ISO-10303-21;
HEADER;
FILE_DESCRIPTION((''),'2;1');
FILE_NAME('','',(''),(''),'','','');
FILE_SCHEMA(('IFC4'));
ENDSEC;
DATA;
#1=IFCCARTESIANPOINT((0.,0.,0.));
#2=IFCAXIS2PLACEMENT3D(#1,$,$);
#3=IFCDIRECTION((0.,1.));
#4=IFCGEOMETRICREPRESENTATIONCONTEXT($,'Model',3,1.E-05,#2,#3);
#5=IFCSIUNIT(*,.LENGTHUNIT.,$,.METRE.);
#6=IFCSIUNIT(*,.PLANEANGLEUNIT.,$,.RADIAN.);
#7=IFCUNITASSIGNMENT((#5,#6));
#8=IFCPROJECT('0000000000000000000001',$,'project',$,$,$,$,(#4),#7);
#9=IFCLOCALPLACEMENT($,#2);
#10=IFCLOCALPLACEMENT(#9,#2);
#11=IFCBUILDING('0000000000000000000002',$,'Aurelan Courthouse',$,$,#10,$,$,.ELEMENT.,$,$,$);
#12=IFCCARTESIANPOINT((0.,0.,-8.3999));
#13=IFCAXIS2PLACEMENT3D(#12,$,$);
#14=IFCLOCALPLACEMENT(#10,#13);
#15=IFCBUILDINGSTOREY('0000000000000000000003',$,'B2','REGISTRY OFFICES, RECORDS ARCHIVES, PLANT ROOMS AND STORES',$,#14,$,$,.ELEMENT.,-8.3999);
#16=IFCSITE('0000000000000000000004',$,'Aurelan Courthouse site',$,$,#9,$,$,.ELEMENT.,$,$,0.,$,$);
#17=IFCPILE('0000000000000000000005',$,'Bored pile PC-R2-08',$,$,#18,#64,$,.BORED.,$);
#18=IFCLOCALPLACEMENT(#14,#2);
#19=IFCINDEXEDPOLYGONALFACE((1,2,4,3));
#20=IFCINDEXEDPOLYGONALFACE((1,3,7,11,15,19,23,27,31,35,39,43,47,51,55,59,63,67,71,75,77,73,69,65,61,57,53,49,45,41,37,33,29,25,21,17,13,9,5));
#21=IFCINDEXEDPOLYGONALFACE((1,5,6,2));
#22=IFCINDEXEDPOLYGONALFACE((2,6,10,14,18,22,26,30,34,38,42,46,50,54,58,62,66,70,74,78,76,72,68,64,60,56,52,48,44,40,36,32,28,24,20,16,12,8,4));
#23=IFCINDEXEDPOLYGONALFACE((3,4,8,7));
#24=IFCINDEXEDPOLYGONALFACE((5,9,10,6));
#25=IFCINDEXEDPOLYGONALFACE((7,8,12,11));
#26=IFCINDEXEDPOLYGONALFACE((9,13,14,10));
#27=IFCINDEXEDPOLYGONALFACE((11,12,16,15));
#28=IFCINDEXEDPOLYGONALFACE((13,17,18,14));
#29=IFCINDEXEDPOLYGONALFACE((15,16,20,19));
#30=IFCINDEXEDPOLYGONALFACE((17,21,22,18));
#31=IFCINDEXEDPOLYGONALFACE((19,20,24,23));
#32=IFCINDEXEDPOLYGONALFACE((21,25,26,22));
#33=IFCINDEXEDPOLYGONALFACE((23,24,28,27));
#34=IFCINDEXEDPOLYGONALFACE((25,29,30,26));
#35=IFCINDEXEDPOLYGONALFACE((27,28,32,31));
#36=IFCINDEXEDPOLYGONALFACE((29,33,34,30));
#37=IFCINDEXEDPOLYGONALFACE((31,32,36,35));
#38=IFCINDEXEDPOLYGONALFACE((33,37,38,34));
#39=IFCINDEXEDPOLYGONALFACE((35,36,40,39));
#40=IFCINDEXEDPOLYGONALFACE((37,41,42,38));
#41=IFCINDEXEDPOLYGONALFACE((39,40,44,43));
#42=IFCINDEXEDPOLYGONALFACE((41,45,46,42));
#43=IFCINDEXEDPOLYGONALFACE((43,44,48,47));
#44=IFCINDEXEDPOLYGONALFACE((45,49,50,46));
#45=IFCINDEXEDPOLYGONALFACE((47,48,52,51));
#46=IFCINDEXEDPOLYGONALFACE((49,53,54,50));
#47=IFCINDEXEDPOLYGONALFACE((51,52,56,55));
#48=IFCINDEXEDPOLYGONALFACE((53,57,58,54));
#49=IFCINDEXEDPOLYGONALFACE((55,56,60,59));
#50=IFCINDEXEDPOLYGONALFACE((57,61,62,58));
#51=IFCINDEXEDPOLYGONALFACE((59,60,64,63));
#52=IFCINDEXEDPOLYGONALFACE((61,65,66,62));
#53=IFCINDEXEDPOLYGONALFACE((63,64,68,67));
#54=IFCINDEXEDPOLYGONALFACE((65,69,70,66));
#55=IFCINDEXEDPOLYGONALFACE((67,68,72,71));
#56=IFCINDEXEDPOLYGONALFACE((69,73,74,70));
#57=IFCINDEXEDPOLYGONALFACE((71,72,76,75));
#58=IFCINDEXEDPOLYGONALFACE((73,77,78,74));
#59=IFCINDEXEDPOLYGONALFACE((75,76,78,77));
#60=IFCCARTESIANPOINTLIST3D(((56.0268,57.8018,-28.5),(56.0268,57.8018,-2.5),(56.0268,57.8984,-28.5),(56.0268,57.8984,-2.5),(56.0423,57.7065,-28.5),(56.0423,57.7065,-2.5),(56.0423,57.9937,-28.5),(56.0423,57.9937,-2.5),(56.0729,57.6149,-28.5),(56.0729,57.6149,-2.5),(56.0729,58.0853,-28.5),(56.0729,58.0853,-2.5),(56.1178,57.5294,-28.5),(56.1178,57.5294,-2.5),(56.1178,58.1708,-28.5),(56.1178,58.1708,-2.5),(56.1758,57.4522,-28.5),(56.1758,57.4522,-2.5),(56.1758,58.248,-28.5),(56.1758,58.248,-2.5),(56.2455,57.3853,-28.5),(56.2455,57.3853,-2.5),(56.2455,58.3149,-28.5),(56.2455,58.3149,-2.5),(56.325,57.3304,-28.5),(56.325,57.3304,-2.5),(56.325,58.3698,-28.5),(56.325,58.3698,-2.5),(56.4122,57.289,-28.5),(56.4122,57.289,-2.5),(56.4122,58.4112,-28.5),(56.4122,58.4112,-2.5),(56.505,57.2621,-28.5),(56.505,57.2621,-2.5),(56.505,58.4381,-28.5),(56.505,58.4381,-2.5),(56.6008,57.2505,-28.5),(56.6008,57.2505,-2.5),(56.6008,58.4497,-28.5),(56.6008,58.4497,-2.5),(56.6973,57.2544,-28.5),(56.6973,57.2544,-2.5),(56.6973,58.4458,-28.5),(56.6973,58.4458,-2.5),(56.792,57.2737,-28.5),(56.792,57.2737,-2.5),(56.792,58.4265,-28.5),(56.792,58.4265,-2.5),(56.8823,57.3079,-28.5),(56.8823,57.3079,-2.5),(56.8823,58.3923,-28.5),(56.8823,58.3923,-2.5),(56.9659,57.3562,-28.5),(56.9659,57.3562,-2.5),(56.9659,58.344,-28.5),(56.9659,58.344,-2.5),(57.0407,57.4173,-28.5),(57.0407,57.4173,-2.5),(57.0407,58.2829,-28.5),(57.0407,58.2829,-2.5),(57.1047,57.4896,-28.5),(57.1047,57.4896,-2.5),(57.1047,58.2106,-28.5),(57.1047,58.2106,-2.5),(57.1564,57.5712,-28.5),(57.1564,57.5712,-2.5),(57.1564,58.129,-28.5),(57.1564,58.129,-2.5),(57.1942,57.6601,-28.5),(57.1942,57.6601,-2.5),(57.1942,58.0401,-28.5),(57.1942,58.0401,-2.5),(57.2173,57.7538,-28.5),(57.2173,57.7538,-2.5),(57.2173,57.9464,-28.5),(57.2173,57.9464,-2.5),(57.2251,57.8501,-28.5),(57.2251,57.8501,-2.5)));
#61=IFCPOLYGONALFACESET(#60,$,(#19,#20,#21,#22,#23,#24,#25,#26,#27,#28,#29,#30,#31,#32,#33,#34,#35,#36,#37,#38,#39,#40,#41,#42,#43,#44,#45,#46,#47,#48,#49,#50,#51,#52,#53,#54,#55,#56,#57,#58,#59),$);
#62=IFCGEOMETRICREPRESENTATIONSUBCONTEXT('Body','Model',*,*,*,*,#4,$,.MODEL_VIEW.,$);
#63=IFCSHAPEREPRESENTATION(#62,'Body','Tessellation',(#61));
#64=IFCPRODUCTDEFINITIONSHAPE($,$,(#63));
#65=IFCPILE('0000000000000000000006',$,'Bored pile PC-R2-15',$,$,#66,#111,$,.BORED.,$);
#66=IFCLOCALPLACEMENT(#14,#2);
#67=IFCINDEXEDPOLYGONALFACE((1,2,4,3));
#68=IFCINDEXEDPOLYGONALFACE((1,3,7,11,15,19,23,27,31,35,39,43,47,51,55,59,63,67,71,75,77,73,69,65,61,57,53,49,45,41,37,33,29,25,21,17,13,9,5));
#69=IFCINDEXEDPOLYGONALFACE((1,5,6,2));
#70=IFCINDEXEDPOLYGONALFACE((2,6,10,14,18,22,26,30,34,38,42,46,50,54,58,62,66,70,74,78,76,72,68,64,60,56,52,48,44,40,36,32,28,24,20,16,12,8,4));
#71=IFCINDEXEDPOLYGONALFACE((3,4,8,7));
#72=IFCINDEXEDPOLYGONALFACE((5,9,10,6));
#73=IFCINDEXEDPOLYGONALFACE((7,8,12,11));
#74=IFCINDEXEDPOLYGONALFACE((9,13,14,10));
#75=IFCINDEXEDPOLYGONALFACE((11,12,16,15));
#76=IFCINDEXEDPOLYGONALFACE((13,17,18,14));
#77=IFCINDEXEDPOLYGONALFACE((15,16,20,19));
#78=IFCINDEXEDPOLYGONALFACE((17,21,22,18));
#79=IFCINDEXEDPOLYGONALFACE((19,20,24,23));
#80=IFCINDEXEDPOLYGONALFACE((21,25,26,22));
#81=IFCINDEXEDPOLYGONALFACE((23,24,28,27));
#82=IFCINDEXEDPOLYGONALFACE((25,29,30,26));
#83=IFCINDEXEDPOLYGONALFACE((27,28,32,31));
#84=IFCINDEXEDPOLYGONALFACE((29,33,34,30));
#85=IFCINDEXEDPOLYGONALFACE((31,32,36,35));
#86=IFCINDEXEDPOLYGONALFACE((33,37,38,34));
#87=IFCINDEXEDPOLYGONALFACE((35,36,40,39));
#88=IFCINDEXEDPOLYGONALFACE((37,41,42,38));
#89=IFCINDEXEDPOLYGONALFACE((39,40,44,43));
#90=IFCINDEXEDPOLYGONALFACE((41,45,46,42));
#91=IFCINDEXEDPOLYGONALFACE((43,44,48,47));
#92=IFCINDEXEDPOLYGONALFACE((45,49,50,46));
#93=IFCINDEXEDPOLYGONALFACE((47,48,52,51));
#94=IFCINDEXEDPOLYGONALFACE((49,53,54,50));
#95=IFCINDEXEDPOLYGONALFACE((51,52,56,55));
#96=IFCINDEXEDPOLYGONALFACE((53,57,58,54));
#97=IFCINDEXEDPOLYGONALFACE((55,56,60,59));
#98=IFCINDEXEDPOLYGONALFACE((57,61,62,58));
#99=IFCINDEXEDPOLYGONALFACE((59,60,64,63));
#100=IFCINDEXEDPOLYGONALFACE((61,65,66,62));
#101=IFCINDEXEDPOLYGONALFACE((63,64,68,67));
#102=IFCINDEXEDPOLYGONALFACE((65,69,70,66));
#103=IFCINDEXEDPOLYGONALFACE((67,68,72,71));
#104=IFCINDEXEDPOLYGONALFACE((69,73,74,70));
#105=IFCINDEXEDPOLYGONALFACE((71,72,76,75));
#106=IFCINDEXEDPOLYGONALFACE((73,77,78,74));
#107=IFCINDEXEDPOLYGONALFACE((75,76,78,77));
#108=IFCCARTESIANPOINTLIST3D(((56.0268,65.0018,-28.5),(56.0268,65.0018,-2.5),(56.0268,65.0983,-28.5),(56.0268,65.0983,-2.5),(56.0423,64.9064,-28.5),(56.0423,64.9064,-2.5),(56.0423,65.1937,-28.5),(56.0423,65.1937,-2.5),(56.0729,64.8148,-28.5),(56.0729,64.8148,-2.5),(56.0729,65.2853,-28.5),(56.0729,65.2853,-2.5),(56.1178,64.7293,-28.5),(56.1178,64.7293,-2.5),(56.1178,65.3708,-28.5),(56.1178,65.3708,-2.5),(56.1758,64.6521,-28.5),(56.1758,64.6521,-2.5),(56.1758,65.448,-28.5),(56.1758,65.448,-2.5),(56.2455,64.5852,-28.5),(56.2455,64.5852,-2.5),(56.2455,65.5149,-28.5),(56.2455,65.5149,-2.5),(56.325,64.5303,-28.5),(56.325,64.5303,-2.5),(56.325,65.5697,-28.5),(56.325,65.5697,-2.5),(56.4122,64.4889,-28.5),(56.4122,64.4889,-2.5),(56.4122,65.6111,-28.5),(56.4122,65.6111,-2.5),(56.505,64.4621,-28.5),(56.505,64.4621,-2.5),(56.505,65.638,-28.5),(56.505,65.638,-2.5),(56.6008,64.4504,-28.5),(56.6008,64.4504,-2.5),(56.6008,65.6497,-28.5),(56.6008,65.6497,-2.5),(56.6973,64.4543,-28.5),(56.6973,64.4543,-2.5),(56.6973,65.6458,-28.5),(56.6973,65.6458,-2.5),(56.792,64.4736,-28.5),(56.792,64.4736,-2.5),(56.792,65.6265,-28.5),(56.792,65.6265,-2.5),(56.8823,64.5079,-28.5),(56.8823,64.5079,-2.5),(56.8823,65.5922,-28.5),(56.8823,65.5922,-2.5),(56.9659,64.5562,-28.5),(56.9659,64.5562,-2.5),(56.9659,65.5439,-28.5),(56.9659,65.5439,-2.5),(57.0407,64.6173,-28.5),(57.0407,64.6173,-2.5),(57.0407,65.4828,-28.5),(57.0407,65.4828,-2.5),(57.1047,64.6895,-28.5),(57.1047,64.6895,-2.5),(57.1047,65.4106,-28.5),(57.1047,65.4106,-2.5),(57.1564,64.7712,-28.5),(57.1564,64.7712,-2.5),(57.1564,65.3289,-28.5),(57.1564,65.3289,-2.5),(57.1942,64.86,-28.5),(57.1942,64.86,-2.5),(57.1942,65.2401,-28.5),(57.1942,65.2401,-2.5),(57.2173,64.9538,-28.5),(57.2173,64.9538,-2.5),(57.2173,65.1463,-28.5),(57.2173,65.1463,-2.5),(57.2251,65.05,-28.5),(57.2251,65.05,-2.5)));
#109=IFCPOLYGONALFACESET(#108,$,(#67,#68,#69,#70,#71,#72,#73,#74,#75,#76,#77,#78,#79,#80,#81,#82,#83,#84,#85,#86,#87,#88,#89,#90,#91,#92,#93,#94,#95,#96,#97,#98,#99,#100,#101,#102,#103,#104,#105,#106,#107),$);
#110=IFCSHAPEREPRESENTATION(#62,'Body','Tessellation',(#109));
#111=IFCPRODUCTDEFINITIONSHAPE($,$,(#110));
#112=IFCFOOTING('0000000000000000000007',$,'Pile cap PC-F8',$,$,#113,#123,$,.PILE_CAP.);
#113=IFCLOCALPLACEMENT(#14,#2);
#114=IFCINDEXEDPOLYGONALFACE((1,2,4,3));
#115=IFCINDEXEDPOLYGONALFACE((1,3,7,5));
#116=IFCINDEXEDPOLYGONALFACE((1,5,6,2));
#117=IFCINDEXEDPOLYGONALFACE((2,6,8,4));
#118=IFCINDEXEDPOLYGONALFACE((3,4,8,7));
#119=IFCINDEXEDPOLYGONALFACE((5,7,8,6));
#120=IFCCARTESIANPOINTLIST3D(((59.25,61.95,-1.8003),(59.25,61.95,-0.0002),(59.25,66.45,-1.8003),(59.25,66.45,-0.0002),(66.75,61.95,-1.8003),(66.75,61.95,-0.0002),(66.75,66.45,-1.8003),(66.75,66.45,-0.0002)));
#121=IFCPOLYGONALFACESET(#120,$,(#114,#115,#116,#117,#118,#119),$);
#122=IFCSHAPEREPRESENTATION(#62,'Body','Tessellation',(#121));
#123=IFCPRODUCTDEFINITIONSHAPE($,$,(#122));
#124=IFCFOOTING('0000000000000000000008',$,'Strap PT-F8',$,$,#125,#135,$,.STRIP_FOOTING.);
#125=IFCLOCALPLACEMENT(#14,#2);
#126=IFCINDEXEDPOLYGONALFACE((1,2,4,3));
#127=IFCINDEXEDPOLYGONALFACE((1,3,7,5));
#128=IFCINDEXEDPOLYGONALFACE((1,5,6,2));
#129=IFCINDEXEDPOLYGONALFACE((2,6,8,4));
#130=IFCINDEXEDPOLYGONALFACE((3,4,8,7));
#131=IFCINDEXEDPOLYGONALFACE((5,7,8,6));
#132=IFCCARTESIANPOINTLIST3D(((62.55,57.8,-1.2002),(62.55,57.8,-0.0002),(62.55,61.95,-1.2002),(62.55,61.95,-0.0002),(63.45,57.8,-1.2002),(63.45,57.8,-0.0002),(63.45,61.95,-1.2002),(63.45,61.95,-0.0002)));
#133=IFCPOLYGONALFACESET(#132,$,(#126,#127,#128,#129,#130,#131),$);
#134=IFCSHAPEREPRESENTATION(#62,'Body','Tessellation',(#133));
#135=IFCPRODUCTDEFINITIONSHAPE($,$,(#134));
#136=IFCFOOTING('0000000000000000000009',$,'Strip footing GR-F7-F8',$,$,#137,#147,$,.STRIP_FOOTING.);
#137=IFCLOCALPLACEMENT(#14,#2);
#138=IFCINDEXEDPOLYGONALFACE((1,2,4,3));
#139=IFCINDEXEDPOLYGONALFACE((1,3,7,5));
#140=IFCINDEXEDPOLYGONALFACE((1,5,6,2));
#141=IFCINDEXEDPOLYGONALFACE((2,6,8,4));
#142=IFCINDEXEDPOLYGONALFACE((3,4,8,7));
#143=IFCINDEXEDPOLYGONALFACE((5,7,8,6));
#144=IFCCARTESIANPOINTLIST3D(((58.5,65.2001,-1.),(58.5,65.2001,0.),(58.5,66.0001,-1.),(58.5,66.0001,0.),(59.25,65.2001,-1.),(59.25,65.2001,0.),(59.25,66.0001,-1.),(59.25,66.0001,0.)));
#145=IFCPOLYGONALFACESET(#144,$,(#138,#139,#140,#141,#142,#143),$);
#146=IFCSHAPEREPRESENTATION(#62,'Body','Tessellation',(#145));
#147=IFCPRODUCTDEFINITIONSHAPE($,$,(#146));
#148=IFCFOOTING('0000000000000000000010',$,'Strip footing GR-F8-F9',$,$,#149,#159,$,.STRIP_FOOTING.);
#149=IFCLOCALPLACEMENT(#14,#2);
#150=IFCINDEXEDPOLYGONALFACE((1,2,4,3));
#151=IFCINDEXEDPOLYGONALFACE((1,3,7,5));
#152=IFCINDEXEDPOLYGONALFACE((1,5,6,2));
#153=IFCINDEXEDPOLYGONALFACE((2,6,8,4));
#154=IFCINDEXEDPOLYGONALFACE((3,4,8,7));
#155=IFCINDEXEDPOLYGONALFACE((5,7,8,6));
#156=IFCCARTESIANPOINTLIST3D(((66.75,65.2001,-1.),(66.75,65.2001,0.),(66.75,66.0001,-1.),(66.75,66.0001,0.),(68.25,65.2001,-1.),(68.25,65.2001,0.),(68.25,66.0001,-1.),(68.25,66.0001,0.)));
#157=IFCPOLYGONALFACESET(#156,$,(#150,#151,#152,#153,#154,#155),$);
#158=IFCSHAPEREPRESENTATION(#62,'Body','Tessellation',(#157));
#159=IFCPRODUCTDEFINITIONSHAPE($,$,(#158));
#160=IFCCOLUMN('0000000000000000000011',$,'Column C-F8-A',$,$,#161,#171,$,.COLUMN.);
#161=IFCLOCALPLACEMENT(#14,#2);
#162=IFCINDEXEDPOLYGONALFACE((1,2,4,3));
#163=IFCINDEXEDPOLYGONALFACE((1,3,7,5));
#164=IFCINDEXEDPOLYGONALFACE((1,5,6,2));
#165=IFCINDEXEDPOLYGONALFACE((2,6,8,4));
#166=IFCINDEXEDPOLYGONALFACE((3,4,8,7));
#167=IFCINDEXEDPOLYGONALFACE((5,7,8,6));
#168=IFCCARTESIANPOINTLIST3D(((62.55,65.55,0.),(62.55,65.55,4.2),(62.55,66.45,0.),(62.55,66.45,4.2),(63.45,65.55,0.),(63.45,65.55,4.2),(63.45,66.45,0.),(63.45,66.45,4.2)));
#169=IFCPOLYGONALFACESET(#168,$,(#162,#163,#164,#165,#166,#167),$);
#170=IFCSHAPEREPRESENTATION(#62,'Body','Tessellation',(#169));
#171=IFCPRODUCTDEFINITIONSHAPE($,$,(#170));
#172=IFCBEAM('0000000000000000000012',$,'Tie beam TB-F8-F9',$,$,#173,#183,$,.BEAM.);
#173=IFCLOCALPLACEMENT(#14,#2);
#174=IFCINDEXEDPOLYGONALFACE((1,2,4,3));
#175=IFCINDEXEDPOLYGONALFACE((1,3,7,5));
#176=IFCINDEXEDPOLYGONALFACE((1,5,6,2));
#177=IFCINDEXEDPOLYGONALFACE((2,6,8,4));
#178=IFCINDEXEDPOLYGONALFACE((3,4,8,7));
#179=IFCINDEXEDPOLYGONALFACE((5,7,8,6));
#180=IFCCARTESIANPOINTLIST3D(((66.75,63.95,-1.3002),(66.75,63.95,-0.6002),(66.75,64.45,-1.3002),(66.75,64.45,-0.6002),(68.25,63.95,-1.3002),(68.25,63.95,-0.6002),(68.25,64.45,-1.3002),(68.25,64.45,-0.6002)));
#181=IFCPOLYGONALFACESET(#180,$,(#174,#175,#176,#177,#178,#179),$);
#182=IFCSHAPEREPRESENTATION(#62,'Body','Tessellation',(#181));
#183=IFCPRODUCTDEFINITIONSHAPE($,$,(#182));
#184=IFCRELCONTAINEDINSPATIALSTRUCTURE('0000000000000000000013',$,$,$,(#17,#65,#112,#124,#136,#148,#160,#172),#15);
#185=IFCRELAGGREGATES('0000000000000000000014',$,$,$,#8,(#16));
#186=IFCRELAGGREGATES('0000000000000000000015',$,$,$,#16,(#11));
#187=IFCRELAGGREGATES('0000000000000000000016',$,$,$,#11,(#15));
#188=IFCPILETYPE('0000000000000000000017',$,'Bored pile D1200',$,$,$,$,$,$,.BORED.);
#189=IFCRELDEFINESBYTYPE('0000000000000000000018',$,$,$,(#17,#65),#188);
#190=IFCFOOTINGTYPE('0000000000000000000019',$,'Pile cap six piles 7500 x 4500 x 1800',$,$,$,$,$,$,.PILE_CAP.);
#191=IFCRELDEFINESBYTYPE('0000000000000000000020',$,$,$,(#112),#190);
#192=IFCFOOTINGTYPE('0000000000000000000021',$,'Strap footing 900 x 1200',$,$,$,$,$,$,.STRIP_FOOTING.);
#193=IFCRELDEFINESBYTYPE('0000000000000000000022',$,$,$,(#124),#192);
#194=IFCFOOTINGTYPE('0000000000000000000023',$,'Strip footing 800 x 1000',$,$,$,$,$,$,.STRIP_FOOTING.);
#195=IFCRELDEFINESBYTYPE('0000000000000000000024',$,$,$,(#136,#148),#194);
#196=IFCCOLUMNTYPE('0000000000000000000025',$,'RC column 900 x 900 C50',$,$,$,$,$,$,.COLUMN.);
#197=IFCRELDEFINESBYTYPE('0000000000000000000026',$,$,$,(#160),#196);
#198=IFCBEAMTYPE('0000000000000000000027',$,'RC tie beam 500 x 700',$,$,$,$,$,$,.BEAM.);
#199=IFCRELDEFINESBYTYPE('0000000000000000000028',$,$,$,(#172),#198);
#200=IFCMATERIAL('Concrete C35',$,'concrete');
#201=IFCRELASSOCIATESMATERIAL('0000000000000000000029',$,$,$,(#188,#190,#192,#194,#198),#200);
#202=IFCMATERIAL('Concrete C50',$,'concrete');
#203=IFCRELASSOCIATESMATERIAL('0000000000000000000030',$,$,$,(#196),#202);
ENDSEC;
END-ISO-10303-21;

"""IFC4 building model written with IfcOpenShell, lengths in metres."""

from ifc_helpers import new_model, si_unit, direction, frame, origin, origin_2d, place, context, subcontext, project, spatial, rectangle, circle, extrude, material, material_profile, profile_set, type_object, element, save


model = new_model("IFC4")

# Units and contexts
model_context = context("Model", 3, precision=1e-05, world=origin(), true_north=direction((0.0, 1.0)))
body_context = subcontext(model_context, "Body", "Model", "MODEL_VIEW")
ifc_project = project(units=[si_unit("LENGTHUNIT", "METRE"), si_unit("PLANEANGLEUNIT", "RADIAN")], contexts=[model_context])

# Site, building, storey
site_placement = place(None, origin())
site = spatial("IfcSite", under=ifc_project, at=site_placement, Name="Aurelan Courthouse site", CompositionType="ELEMENT", RefElevation=0.0)
building_placement = place(site_placement, origin())
building = spatial("IfcBuilding", under=site, at=building_placement, Name="Aurelan Courthouse", CompositionType="ELEMENT")
storey_placement = place(building_placement, frame((0.0, 0.0, -8.3999)))
storey = spatial("IfcBuildingStorey", under=building, at=storey_placement, Name="B2", Description="REGISTRY OFFICES, RECORDS ARCHIVES, PLANT ROOMS AND STORES", CompositionType="ELEMENT", Elevation=-8.3999)

# Piles
ifc_material_1 = material(Name="Concrete C35", Category="concrete")
ifc_material_profile_1 = material_profile(ifc_material_1, circle(Radius=0.6001, at=origin_2d()), Name="D1200")
ifc_profile_set_1 = profile_set([ifc_material_profile_1], Name="Concrete C35")
pile_type_1 = type_object("IfcPileType", Name="Bored pile D1200", PredefinedType="BORED", material=ifc_profile_set_1)
for number, where, z_axis, x_axis, name in (
    (1, (56.625, 57.8501, -2.5), (0.0, 0.0, -1.0), (1.0, 0.0, 0.0), "Bored pile PC-R2-08"),
    (2, (56.625, 65.05, -2.5), (0.0, 0.0, -1.0), (1.0, 0.0, 0.0), "Bored pile PC-R2-15"),
):
    element("IfcPile", number, at=place(storey_placement, frame(where, z_axis=z_axis, x_axis=x_axis)), inside=storey, type_object=pile_type_1, Name=name, PredefinedType="BORED", context=body_context, shape_type="SweptSolid", body=[
        extrude(circle(Radius=0.6001, at=origin_2d()), origin(), (0.0, 0.0, 1.0), 26.0),
    ])

# Footings
footing_type_1 = type_object("IfcFootingType", Name="Pile cap six piles 7500 x 4500 x 1800", PredefinedType="PILE_CAP", material=ifc_material_1)
footing_1_placement = place(storey_placement, frame((63.0, 64.2, -1.8003), z_axis=(0.0, 0.0, 1.0), x_axis=(1.0, 0.0, 0.0)))
element("IfcFooting", 3, at=footing_1_placement, inside=storey, type_object=footing_type_1, Name="Pile cap PC-F8", PredefinedType="PILE_CAP", context=body_context, shape_type="SweptSolid", body=[
    extrude(rectangle(XDim=7.5, YDim=4.5, at=origin_2d()), origin(), (0.0, 0.0, 1.0), 1.8),
])
footing_type_2 = type_object("IfcFootingType", Name="Strap footing 900 x 1200", PredefinedType="STRIP_FOOTING", material=ifc_material_1)
footing_2_placement = place(storey_placement, frame((63.0, 59.875, -1.2002), z_axis=(0.0, 0.0, 1.0), x_axis=(1.0, 0.0, 0.0)))
element("IfcFooting", 4, at=footing_2_placement, inside=storey, type_object=footing_type_2, Name="Strap PT-F8", PredefinedType="STRIP_FOOTING", context=body_context, shape_type="SweptSolid", body=[
    extrude(rectangle(XDim=0.8999, YDim=4.1499, at=origin_2d()), origin(), (0.0, 0.0, 1.0), 1.2),
])
footing_type_3 = type_object("IfcFootingType", Name="Strip footing 800 x 1000", PredefinedType="STRIP_FOOTING", material=ifc_material_1)
footing_3_placement = place(storey_placement, frame((58.875, 65.6001, -1.0), z_axis=(0.0, 0.0, 1.0), x_axis=(1.0, 0.0, 0.0)))
element("IfcFooting", 5, at=footing_3_placement, inside=storey, type_object=footing_type_3, Name="Strip footing GR-F7-F8", PredefinedType="STRIP_FOOTING", context=body_context, shape_type="SweptSolid", body=[
    extrude(rectangle(XDim=0.75, YDim=0.8, at=origin_2d()), origin(), (0.0, 0.0, 1.0), 1.0),
])
footing_4_placement = place(storey_placement, frame((67.5, 65.6001, -1.0), z_axis=(0.0, 0.0, 1.0), x_axis=(1.0, 0.0, 0.0)))
element("IfcFooting", 6, at=footing_4_placement, inside=storey, type_object=footing_type_3, Name="Strip footing GR-F8-F9", PredefinedType="STRIP_FOOTING", context=body_context, shape_type="SweptSolid", body=[
    extrude(rectangle(XDim=1.5, YDim=0.8, at=origin_2d()), origin(), (0.0, 0.0, 1.0), 1.0),
])

# Column
ifc_material_2 = material(Name="Concrete C50", Category="concrete")
ifc_material_profile_2 = material_profile(ifc_material_2, rectangle(XDim=0.8999, YDim=0.8999, at=origin_2d()), Name="RC 900 x 900")
ifc_profile_set_2 = profile_set([ifc_material_profile_2], Name="Concrete C50")
column_type = type_object("IfcColumnType", Name="RC column 900 x 900 C50", PredefinedType="COLUMN", material=ifc_profile_set_2)
column_placement = place(storey_placement, frame((63.0, 66.0, 0.0), z_axis=(0.0, 0.0, 1.0), x_axis=(1.0, 0.0, 0.0)))
element("IfcColumn", 7, at=column_placement, inside=storey, type_object=column_type, Name="Column C-F8-A", PredefinedType="COLUMN", context=body_context, shape_type="SweptSolid", body=[
    extrude(rectangle(XDim=0.8999, YDim=0.8999, at=origin_2d()), origin(), (0.0, 0.0, 1.0), 4.2),
])

# Beam
ifc_material_profile_3 = material_profile(ifc_material_1, rectangle(XDim=0.5, YDim=0.7, at=origin_2d()), Name="RC 500 x 700")
ifc_profile_set_3 = profile_set([ifc_material_profile_3], Name="Concrete C35")
beam_type = type_object("IfcBeamType", Name="RC tie beam 500 x 700", PredefinedType="BEAM", material=ifc_profile_set_3)
beam_placement = place(storey_placement, frame((66.75, 64.2, -0.9502), z_axis=(1.0, 0.0, 0.0), x_axis=(0.0, 1.0, 0.0)))
element("IfcBeam", 8, at=beam_placement, inside=storey, type_object=beam_type, Name="Tie beam TB-F8-F9", PredefinedType="BEAM", context=body_context, shape_type="SweptSolid", body=[
    extrude(rectangle(XDim=0.5, YDim=0.7, at=origin_2d()), origin(), (0.0, 0.0, 1.0), 1.5),
])

save(model, "model.ifc")
